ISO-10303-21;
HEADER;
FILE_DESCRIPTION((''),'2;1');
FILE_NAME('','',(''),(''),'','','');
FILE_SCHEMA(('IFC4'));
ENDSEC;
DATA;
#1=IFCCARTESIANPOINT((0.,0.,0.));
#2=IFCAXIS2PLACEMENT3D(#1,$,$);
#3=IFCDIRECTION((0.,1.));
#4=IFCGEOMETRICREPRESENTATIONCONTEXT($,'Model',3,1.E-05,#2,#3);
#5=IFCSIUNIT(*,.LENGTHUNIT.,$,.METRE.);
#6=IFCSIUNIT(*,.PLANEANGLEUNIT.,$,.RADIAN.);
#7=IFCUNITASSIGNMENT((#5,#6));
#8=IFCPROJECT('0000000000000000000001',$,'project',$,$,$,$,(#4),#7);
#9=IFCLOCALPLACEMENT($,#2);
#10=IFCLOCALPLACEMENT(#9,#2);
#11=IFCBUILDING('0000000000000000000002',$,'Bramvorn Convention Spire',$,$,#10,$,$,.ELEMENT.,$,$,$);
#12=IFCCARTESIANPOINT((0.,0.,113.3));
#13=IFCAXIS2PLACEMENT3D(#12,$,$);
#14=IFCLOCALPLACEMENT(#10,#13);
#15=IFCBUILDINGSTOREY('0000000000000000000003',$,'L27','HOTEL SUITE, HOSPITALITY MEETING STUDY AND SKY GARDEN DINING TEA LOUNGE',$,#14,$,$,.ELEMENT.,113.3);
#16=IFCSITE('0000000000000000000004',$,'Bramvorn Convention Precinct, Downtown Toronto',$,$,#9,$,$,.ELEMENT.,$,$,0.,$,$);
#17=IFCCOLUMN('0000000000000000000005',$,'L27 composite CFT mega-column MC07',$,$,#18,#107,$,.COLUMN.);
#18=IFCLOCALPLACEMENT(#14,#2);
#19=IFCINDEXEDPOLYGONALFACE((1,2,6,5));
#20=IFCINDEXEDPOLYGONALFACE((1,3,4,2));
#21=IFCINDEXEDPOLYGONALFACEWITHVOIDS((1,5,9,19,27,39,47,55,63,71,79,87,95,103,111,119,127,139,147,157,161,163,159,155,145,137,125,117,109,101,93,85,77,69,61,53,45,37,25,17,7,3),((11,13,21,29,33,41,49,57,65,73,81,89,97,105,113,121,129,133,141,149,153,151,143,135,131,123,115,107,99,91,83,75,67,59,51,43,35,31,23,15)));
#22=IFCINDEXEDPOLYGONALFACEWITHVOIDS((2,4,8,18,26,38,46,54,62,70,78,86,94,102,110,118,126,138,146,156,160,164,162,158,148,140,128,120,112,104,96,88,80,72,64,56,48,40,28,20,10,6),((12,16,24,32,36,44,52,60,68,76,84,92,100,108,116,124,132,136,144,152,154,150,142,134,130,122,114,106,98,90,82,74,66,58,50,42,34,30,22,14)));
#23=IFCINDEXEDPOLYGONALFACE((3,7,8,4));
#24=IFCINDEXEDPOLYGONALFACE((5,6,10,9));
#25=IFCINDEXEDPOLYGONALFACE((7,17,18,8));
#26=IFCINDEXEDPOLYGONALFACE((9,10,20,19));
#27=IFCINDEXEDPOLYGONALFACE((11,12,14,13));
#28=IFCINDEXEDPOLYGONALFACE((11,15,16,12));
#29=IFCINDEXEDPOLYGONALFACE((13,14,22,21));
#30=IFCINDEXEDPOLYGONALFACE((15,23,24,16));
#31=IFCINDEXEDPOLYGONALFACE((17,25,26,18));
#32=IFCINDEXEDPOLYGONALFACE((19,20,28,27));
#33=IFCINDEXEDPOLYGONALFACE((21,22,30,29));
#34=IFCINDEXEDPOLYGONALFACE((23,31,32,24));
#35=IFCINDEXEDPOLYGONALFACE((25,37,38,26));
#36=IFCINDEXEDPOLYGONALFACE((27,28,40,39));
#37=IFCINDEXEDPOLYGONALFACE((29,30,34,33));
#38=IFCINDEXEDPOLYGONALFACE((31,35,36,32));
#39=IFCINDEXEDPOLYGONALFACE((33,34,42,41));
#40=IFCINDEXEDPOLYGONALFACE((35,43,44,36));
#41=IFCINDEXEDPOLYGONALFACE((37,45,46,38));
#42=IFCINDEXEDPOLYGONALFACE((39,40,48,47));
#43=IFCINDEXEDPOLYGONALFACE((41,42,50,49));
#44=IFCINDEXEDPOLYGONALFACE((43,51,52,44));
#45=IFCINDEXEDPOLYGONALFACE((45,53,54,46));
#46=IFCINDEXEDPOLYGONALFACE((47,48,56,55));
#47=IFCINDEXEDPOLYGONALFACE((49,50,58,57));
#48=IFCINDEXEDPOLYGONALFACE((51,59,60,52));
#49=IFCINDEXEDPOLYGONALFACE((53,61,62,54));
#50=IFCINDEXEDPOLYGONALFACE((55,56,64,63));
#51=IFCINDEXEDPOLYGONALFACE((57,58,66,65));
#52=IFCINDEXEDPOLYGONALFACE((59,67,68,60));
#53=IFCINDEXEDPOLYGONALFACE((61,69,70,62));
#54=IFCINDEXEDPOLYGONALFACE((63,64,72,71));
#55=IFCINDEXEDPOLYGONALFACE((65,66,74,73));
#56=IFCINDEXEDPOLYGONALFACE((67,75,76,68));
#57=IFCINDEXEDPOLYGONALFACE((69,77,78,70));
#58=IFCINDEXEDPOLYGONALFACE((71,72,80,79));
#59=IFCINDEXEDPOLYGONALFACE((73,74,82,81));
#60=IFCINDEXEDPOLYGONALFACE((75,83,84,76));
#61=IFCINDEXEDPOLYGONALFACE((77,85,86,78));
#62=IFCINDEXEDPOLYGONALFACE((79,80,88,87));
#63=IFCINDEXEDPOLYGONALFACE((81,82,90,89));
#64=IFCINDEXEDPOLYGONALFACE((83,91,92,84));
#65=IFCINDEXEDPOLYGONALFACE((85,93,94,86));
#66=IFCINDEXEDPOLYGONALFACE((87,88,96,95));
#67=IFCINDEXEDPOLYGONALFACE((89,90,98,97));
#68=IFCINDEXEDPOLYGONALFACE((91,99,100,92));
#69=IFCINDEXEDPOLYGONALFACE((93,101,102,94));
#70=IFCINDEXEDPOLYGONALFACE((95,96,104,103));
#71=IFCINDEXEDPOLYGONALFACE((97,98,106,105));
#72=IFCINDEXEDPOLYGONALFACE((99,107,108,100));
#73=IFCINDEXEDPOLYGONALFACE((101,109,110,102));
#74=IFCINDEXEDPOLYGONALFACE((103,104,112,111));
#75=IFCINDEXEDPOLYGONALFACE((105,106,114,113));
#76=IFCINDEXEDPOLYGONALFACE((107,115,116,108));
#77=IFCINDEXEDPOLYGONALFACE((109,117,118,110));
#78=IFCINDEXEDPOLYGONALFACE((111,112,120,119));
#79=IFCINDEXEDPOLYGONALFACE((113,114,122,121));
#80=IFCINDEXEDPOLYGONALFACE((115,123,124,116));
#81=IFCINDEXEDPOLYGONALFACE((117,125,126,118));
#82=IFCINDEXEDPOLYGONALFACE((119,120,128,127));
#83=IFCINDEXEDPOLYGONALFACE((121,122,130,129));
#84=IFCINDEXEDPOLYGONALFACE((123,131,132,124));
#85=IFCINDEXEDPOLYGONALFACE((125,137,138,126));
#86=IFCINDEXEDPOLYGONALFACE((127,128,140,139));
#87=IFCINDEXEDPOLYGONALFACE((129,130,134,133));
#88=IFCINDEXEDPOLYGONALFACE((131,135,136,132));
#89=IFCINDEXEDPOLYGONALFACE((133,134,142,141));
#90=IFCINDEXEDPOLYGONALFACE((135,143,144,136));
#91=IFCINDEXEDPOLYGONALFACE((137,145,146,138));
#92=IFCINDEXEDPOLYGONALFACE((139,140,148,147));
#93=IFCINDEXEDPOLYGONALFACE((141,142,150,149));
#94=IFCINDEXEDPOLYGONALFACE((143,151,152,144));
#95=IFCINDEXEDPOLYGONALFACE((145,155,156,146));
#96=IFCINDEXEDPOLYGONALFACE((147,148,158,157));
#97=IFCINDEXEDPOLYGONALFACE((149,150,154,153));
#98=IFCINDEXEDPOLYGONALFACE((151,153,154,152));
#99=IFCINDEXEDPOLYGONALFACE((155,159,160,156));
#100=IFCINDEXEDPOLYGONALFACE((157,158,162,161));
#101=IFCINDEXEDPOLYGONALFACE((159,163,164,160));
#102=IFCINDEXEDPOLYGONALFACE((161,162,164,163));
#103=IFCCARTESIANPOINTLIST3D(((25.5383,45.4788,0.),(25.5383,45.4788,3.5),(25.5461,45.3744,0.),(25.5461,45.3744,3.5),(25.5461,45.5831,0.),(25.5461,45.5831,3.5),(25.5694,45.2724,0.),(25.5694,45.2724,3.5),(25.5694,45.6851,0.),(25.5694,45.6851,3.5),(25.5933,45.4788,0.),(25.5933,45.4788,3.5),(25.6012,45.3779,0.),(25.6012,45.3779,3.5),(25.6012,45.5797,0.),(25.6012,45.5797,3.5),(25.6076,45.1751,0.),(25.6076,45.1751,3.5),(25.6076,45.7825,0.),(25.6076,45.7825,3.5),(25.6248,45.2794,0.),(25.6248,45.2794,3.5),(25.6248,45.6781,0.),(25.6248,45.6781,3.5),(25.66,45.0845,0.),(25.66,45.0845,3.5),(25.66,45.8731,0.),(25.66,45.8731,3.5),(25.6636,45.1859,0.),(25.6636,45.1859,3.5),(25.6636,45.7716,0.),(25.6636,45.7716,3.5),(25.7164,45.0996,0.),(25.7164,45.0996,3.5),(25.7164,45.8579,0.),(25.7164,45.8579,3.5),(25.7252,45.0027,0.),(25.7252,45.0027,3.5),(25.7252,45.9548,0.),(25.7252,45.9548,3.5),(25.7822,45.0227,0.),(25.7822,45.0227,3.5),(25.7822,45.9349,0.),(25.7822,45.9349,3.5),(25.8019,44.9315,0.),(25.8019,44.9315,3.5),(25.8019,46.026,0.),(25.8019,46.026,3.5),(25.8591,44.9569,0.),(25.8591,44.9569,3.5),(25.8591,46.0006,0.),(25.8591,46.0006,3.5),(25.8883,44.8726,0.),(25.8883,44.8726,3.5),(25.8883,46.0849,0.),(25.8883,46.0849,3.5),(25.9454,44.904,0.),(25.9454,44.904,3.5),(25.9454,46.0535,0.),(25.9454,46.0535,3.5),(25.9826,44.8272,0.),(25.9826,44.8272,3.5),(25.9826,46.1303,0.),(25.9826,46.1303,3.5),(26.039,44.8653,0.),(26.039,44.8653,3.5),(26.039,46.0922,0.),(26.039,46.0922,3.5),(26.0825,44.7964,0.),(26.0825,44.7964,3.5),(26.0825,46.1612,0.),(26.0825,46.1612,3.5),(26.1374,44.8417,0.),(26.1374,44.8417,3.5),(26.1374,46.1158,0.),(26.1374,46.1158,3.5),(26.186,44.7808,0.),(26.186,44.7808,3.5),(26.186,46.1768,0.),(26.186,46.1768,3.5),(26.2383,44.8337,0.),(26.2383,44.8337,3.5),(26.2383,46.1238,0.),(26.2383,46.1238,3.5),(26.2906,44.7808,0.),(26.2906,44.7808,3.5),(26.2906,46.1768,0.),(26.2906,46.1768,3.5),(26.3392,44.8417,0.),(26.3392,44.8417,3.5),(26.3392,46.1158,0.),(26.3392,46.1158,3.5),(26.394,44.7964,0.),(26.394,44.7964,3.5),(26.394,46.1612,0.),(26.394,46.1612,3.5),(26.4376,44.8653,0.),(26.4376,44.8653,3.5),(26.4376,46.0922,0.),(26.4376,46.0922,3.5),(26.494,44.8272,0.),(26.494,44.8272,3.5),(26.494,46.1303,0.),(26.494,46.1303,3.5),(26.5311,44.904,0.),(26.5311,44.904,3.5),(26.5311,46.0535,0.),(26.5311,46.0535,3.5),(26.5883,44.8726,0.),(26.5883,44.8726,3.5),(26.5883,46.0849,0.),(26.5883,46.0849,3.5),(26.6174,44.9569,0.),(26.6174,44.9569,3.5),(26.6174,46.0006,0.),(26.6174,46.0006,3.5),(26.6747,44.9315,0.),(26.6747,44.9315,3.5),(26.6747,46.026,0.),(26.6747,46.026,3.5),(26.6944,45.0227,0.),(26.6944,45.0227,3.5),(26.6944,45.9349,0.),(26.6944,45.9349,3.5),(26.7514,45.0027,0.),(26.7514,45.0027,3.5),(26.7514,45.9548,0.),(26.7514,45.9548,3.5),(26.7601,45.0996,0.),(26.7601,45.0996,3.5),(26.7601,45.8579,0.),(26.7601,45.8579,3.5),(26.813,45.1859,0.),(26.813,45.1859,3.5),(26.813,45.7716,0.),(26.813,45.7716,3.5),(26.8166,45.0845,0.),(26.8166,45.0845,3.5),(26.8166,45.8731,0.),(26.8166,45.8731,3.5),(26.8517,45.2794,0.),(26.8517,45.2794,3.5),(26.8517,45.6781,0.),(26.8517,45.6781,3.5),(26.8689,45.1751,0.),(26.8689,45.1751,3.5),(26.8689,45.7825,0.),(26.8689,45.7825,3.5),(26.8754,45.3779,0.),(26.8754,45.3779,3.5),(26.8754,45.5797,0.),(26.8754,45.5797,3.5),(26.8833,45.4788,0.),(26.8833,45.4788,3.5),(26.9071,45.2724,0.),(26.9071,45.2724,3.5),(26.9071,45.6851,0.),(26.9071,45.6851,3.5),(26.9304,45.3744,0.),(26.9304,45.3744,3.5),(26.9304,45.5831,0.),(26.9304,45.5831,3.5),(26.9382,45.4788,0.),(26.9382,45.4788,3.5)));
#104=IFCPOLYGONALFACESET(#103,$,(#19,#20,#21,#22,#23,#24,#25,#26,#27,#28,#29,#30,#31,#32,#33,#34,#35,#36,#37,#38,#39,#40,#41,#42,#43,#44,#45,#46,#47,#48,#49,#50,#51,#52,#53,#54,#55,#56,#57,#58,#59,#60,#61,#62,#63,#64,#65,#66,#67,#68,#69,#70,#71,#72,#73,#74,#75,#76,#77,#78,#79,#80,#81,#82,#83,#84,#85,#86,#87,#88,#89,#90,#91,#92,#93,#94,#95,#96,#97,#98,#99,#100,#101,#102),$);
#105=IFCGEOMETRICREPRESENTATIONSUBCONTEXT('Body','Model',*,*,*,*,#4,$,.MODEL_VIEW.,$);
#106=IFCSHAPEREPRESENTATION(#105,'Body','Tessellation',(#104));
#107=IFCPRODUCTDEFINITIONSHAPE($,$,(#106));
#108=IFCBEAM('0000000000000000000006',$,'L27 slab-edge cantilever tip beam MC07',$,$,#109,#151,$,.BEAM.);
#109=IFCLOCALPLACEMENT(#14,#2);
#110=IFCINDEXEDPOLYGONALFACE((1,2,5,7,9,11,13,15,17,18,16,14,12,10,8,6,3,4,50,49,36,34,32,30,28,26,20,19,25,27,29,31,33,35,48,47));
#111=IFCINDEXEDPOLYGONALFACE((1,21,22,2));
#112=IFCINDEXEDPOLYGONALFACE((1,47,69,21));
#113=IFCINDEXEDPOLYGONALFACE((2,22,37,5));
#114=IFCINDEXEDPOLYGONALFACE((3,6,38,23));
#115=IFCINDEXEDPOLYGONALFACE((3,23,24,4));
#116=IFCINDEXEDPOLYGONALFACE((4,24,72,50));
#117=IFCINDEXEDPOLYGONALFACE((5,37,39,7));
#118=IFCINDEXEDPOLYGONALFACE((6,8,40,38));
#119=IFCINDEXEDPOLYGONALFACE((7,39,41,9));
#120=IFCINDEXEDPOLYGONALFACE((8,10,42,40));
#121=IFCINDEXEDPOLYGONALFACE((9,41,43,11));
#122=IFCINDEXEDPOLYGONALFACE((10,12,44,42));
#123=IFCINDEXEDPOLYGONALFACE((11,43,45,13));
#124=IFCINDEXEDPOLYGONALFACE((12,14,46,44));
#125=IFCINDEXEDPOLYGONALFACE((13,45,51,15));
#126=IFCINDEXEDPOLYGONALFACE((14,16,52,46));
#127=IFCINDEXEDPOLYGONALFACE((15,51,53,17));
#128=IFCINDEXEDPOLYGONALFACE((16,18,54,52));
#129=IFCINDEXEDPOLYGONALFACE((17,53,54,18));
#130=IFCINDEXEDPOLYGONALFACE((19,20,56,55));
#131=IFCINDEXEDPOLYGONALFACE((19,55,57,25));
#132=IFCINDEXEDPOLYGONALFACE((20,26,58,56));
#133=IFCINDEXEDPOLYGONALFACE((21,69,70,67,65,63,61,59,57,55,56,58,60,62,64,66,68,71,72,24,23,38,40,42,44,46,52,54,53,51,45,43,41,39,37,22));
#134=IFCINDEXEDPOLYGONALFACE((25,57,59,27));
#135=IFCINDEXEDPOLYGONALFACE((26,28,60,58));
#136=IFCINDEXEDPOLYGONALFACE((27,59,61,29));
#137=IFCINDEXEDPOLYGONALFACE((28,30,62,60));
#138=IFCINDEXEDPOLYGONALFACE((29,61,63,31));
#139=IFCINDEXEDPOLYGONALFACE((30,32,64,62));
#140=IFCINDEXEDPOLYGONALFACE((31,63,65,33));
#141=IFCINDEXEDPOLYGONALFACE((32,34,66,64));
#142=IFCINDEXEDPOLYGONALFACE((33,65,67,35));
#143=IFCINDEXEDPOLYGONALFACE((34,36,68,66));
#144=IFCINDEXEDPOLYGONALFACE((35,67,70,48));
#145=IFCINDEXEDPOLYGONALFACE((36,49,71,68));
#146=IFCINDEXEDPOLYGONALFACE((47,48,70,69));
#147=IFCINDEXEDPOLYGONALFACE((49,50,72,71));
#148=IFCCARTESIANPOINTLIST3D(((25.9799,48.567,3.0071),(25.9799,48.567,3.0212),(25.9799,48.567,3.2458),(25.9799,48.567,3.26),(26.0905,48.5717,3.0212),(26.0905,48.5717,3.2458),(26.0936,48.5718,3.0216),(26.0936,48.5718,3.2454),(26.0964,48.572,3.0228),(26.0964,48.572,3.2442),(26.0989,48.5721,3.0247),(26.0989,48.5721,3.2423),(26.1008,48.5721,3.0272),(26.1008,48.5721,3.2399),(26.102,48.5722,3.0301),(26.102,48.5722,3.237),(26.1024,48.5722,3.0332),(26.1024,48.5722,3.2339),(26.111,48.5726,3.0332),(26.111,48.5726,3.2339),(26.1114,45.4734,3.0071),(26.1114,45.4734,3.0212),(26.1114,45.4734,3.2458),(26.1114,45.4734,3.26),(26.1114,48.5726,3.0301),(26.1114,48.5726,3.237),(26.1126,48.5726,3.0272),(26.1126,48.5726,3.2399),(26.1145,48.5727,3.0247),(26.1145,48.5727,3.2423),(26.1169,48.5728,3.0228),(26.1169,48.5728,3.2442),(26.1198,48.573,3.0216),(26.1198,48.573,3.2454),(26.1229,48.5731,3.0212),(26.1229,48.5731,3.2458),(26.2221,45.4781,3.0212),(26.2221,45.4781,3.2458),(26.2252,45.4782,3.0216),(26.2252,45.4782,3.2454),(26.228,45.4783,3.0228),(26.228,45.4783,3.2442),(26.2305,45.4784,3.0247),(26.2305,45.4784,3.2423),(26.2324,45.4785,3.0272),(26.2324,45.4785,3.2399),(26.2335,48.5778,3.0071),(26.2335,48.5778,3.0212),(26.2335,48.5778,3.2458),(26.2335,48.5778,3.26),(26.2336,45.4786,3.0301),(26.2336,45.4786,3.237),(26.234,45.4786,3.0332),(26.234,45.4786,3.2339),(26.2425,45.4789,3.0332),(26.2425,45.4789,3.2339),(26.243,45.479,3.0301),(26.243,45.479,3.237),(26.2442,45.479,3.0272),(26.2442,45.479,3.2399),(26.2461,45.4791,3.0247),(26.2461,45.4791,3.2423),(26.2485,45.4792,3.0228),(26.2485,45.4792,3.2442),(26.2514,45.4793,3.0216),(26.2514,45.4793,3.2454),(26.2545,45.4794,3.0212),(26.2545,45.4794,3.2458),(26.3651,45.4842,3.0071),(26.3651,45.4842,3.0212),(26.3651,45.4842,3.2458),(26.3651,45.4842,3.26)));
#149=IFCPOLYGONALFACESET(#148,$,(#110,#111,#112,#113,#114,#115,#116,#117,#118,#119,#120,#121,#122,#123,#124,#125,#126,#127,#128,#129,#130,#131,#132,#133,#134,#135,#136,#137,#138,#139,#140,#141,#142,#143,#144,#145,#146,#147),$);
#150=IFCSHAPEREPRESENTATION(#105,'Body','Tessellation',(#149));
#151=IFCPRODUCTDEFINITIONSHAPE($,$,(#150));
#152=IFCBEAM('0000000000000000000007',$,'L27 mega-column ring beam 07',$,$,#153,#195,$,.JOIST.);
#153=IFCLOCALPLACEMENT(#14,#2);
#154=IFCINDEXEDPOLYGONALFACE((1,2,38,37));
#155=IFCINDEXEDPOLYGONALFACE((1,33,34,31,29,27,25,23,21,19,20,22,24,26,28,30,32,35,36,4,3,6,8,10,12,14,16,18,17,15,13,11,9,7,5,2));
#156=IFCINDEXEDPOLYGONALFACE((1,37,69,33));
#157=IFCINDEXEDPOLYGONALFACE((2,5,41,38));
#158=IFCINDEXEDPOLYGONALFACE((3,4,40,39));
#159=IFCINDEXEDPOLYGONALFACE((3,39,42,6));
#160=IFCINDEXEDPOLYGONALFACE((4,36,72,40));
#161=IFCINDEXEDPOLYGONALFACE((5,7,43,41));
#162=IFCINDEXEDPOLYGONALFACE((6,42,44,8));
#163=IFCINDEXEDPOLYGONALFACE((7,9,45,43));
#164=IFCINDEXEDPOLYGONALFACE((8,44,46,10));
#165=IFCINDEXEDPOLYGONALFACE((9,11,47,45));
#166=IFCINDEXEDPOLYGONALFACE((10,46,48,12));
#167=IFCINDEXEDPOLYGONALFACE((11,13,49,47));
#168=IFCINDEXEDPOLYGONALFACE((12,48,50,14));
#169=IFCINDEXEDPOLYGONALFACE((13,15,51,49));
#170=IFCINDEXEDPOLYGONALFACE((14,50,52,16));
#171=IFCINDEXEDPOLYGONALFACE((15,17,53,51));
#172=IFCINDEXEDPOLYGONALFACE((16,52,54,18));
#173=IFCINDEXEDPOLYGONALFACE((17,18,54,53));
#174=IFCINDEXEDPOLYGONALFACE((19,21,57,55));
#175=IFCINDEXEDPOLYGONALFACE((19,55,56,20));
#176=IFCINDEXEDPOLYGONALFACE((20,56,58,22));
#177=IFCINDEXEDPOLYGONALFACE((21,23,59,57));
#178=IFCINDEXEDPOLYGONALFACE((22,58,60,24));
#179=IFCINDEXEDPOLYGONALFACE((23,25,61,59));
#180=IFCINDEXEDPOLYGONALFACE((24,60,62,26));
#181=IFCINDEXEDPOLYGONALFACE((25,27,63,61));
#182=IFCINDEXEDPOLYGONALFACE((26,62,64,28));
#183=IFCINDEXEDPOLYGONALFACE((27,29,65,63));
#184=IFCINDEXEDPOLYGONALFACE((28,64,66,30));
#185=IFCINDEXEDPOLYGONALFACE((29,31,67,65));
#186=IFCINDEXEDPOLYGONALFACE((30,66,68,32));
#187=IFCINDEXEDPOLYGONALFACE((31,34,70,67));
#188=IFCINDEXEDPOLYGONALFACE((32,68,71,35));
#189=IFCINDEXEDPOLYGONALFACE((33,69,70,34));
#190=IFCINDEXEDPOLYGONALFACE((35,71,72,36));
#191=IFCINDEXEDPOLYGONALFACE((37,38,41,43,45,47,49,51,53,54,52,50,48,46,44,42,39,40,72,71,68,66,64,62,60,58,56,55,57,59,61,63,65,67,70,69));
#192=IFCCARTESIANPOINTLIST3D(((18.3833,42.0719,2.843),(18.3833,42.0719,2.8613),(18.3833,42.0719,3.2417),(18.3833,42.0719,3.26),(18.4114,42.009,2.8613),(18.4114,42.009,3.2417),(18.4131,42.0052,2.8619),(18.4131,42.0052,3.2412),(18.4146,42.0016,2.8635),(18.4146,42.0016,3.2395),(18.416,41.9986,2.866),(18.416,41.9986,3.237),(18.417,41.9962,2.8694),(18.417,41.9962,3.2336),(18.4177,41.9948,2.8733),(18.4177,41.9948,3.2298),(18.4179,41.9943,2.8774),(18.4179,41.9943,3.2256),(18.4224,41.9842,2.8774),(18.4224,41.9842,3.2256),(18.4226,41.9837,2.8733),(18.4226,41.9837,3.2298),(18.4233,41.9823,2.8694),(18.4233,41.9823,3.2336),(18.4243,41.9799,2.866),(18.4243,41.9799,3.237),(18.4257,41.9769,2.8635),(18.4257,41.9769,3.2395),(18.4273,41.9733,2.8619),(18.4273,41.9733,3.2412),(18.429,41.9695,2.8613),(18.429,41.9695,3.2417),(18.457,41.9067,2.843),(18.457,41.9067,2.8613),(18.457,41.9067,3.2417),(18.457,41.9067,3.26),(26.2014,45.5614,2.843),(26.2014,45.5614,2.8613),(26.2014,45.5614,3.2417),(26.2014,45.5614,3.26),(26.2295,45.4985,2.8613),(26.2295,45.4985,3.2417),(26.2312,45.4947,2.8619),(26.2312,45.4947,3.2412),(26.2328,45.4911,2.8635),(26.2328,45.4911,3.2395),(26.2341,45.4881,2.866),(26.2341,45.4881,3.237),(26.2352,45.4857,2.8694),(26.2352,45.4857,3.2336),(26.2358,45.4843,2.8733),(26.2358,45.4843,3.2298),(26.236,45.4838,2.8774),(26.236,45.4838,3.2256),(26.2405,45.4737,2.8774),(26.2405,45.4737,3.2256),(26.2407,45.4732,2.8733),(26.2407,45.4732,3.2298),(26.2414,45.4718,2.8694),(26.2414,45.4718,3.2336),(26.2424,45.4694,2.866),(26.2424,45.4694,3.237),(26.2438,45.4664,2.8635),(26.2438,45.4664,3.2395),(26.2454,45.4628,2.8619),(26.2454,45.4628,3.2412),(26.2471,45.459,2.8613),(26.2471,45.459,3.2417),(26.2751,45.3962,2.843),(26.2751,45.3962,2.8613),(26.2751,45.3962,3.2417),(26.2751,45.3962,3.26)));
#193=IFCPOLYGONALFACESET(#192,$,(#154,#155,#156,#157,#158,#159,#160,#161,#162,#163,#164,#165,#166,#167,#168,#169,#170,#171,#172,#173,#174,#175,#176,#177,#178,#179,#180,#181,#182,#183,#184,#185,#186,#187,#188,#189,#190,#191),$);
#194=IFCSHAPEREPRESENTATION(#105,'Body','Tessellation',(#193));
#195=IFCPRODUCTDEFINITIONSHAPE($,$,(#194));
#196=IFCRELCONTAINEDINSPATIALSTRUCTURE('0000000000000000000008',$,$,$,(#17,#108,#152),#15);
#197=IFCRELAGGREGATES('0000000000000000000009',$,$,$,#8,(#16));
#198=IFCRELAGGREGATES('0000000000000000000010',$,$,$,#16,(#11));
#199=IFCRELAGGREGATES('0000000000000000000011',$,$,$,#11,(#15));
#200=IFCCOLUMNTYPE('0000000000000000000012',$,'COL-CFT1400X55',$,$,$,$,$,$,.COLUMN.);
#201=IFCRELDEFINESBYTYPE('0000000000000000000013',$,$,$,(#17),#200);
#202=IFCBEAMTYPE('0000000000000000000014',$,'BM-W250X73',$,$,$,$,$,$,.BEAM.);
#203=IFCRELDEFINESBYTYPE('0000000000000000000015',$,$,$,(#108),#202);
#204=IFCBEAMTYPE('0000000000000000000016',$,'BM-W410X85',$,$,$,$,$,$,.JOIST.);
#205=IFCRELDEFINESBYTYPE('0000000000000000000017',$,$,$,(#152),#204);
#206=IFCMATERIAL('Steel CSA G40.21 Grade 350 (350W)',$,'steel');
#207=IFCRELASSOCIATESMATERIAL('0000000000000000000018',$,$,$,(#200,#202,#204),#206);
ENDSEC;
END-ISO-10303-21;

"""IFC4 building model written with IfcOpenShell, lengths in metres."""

from ifc_helpers import new_model, si_unit, direction, frame, origin, origin_2d, place, context, subcontext, project, spatial, hollow_circle, i_section, extrude, material, material_profile, profile_set, type_object, element, save


model = new_model("IFC4")

# Units and contexts
model_context = context("Model", 3, precision=1e-05, world=origin(), true_north=direction((0.0, 1.0)))
body_context = subcontext(model_context, "Body", "Model", "MODEL_VIEW")
ifc_project = project(units=[si_unit("LENGTHUNIT", "METRE"), si_unit("PLANEANGLEUNIT", "RADIAN")], contexts=[model_context])

# Site, building, storey
site_placement = place(None, origin())
site = spatial("IfcSite", under=ifc_project, at=site_placement, Name="Bramvorn Convention Precinct, Downtown Toronto", CompositionType="ELEMENT", RefElevation=0.0)
building_placement = place(site_placement, origin())
building = spatial("IfcBuilding", under=site, at=building_placement, Name="Bramvorn Convention Spire", CompositionType="ELEMENT")
storey_placement = place(building_placement, frame((0.0, 0.0, 113.3)))
storey = spatial("IfcBuildingStorey", under=building, at=storey_placement, Name="L27", Description="HOTEL SUITE, HOSPITALITY MEETING STUDY AND SKY GARDEN DINING TEA LOUNGE", CompositionType="ELEMENT", Elevation=113.3)

# Column
ifc_material_1 = material(Name="Steel CSA G40.21 Grade 350 (350W)", Category="steel")
ifc_material_profile_1 = material_profile(ifc_material_1, hollow_circle(Radius=0.7, WallThickness=0.0549, at=origin_2d()))
ifc_profile_set_1 = profile_set([ifc_material_profile_1], Name="Steel CSA G40.21 Grade 350 (350W) - CFT1400X55")
column_type = type_object("IfcColumnType", Name="COL-CFT1400X55", PredefinedType="COLUMN", material=ifc_profile_set_1)
column_placement = place(storey_placement, frame((26.2383, 45.4788, 0.0), z_axis=(0.0, 0.0, 1.0), x_axis=(1.0, 0.0, 0.0)))
element("IfcColumn", 1, at=column_placement, inside=storey, type_object=column_type, Name="L27 composite CFT mega-column MC07", PredefinedType="COLUMN", context=body_context, shape_type="SweptSolid", body=[
    extrude(hollow_circle(Radius=0.7, WallThickness=0.0549, at=origin_2d()), origin(), (0.0, 0.0, 1.0), 3.5),
])

# Beams
ifc_material_profile_2 = material_profile(ifc_material_1, i_section(OverallWidth=0.2539, OverallDepth=0.2529, WebThickness=0.0085, FlangeThickness=0.0142, FilletRadius=0.012, at=origin_2d()))
ifc_profile_set_2 = profile_set([ifc_material_profile_2], Name="Steel CSA G40.21 Grade 350 (350W) - W250X73")
beam_type_1 = type_object("IfcBeamType", Name="BM-W250X73", PredefinedType="BEAM", material=ifc_profile_set_2)
beam_1_placement = place(storey_placement, frame((26.2383, 45.4788, 3.1335), z_axis=(-0.042496, 0.999097, 0.0), x_axis=(-0.999097, -0.042496, 0.0)))
element("IfcBeam", 2, at=beam_1_placement, inside=storey, type_object=beam_type_1, Name="L27 slab-edge cantilever tip beam MC07", PredefinedType="BEAM", context=body_context, shape_type="SweptSolid", body=[
    extrude(i_section(OverallWidth=0.2539, OverallDepth=0.2529, WebThickness=0.0085, FlangeThickness=0.0142, FilletRadius=0.012, at=origin_2d()), origin(), (0.0, 0.0, 1.0), 3.0964),
])
ifc_material_profile_3 = material_profile(ifc_material_1, i_section(OverallWidth=0.1809, OverallDepth=0.417, WebThickness=0.011, FlangeThickness=0.0183, FilletRadius=0.0161, at=origin_2d()))
ifc_profile_set_3 = profile_set([ifc_material_profile_3], Name="Steel CSA G40.21 Grade 350 (350W) - W410X85")
beam_type_2 = type_object("IfcBeamType", Name="BM-W410X85", PredefinedType="JOIST", material=ifc_profile_set_3)
beam_2_placement = place(storey_placement, frame((26.2383, 45.4788, 3.0515), z_axis=(-0.91317, -0.40758, 0.0), x_axis=(0.40758, -0.91317, 0.0)))
element("IfcBeam", 3, at=beam_2_placement, inside=storey, type_object=beam_type_2, Name="L27 mega-column ring beam 07", PredefinedType="JOIST", context=body_context, shape_type="SweptSolid", body=[
    extrude(i_section(OverallWidth=0.1809, OverallDepth=0.417, WebThickness=0.011, FlangeThickness=0.0183, FilletRadius=0.0161, at=origin_2d()), origin(), (0.0, 0.0, 1.0), 8.5615),
])

save(model, "model.ifc")
